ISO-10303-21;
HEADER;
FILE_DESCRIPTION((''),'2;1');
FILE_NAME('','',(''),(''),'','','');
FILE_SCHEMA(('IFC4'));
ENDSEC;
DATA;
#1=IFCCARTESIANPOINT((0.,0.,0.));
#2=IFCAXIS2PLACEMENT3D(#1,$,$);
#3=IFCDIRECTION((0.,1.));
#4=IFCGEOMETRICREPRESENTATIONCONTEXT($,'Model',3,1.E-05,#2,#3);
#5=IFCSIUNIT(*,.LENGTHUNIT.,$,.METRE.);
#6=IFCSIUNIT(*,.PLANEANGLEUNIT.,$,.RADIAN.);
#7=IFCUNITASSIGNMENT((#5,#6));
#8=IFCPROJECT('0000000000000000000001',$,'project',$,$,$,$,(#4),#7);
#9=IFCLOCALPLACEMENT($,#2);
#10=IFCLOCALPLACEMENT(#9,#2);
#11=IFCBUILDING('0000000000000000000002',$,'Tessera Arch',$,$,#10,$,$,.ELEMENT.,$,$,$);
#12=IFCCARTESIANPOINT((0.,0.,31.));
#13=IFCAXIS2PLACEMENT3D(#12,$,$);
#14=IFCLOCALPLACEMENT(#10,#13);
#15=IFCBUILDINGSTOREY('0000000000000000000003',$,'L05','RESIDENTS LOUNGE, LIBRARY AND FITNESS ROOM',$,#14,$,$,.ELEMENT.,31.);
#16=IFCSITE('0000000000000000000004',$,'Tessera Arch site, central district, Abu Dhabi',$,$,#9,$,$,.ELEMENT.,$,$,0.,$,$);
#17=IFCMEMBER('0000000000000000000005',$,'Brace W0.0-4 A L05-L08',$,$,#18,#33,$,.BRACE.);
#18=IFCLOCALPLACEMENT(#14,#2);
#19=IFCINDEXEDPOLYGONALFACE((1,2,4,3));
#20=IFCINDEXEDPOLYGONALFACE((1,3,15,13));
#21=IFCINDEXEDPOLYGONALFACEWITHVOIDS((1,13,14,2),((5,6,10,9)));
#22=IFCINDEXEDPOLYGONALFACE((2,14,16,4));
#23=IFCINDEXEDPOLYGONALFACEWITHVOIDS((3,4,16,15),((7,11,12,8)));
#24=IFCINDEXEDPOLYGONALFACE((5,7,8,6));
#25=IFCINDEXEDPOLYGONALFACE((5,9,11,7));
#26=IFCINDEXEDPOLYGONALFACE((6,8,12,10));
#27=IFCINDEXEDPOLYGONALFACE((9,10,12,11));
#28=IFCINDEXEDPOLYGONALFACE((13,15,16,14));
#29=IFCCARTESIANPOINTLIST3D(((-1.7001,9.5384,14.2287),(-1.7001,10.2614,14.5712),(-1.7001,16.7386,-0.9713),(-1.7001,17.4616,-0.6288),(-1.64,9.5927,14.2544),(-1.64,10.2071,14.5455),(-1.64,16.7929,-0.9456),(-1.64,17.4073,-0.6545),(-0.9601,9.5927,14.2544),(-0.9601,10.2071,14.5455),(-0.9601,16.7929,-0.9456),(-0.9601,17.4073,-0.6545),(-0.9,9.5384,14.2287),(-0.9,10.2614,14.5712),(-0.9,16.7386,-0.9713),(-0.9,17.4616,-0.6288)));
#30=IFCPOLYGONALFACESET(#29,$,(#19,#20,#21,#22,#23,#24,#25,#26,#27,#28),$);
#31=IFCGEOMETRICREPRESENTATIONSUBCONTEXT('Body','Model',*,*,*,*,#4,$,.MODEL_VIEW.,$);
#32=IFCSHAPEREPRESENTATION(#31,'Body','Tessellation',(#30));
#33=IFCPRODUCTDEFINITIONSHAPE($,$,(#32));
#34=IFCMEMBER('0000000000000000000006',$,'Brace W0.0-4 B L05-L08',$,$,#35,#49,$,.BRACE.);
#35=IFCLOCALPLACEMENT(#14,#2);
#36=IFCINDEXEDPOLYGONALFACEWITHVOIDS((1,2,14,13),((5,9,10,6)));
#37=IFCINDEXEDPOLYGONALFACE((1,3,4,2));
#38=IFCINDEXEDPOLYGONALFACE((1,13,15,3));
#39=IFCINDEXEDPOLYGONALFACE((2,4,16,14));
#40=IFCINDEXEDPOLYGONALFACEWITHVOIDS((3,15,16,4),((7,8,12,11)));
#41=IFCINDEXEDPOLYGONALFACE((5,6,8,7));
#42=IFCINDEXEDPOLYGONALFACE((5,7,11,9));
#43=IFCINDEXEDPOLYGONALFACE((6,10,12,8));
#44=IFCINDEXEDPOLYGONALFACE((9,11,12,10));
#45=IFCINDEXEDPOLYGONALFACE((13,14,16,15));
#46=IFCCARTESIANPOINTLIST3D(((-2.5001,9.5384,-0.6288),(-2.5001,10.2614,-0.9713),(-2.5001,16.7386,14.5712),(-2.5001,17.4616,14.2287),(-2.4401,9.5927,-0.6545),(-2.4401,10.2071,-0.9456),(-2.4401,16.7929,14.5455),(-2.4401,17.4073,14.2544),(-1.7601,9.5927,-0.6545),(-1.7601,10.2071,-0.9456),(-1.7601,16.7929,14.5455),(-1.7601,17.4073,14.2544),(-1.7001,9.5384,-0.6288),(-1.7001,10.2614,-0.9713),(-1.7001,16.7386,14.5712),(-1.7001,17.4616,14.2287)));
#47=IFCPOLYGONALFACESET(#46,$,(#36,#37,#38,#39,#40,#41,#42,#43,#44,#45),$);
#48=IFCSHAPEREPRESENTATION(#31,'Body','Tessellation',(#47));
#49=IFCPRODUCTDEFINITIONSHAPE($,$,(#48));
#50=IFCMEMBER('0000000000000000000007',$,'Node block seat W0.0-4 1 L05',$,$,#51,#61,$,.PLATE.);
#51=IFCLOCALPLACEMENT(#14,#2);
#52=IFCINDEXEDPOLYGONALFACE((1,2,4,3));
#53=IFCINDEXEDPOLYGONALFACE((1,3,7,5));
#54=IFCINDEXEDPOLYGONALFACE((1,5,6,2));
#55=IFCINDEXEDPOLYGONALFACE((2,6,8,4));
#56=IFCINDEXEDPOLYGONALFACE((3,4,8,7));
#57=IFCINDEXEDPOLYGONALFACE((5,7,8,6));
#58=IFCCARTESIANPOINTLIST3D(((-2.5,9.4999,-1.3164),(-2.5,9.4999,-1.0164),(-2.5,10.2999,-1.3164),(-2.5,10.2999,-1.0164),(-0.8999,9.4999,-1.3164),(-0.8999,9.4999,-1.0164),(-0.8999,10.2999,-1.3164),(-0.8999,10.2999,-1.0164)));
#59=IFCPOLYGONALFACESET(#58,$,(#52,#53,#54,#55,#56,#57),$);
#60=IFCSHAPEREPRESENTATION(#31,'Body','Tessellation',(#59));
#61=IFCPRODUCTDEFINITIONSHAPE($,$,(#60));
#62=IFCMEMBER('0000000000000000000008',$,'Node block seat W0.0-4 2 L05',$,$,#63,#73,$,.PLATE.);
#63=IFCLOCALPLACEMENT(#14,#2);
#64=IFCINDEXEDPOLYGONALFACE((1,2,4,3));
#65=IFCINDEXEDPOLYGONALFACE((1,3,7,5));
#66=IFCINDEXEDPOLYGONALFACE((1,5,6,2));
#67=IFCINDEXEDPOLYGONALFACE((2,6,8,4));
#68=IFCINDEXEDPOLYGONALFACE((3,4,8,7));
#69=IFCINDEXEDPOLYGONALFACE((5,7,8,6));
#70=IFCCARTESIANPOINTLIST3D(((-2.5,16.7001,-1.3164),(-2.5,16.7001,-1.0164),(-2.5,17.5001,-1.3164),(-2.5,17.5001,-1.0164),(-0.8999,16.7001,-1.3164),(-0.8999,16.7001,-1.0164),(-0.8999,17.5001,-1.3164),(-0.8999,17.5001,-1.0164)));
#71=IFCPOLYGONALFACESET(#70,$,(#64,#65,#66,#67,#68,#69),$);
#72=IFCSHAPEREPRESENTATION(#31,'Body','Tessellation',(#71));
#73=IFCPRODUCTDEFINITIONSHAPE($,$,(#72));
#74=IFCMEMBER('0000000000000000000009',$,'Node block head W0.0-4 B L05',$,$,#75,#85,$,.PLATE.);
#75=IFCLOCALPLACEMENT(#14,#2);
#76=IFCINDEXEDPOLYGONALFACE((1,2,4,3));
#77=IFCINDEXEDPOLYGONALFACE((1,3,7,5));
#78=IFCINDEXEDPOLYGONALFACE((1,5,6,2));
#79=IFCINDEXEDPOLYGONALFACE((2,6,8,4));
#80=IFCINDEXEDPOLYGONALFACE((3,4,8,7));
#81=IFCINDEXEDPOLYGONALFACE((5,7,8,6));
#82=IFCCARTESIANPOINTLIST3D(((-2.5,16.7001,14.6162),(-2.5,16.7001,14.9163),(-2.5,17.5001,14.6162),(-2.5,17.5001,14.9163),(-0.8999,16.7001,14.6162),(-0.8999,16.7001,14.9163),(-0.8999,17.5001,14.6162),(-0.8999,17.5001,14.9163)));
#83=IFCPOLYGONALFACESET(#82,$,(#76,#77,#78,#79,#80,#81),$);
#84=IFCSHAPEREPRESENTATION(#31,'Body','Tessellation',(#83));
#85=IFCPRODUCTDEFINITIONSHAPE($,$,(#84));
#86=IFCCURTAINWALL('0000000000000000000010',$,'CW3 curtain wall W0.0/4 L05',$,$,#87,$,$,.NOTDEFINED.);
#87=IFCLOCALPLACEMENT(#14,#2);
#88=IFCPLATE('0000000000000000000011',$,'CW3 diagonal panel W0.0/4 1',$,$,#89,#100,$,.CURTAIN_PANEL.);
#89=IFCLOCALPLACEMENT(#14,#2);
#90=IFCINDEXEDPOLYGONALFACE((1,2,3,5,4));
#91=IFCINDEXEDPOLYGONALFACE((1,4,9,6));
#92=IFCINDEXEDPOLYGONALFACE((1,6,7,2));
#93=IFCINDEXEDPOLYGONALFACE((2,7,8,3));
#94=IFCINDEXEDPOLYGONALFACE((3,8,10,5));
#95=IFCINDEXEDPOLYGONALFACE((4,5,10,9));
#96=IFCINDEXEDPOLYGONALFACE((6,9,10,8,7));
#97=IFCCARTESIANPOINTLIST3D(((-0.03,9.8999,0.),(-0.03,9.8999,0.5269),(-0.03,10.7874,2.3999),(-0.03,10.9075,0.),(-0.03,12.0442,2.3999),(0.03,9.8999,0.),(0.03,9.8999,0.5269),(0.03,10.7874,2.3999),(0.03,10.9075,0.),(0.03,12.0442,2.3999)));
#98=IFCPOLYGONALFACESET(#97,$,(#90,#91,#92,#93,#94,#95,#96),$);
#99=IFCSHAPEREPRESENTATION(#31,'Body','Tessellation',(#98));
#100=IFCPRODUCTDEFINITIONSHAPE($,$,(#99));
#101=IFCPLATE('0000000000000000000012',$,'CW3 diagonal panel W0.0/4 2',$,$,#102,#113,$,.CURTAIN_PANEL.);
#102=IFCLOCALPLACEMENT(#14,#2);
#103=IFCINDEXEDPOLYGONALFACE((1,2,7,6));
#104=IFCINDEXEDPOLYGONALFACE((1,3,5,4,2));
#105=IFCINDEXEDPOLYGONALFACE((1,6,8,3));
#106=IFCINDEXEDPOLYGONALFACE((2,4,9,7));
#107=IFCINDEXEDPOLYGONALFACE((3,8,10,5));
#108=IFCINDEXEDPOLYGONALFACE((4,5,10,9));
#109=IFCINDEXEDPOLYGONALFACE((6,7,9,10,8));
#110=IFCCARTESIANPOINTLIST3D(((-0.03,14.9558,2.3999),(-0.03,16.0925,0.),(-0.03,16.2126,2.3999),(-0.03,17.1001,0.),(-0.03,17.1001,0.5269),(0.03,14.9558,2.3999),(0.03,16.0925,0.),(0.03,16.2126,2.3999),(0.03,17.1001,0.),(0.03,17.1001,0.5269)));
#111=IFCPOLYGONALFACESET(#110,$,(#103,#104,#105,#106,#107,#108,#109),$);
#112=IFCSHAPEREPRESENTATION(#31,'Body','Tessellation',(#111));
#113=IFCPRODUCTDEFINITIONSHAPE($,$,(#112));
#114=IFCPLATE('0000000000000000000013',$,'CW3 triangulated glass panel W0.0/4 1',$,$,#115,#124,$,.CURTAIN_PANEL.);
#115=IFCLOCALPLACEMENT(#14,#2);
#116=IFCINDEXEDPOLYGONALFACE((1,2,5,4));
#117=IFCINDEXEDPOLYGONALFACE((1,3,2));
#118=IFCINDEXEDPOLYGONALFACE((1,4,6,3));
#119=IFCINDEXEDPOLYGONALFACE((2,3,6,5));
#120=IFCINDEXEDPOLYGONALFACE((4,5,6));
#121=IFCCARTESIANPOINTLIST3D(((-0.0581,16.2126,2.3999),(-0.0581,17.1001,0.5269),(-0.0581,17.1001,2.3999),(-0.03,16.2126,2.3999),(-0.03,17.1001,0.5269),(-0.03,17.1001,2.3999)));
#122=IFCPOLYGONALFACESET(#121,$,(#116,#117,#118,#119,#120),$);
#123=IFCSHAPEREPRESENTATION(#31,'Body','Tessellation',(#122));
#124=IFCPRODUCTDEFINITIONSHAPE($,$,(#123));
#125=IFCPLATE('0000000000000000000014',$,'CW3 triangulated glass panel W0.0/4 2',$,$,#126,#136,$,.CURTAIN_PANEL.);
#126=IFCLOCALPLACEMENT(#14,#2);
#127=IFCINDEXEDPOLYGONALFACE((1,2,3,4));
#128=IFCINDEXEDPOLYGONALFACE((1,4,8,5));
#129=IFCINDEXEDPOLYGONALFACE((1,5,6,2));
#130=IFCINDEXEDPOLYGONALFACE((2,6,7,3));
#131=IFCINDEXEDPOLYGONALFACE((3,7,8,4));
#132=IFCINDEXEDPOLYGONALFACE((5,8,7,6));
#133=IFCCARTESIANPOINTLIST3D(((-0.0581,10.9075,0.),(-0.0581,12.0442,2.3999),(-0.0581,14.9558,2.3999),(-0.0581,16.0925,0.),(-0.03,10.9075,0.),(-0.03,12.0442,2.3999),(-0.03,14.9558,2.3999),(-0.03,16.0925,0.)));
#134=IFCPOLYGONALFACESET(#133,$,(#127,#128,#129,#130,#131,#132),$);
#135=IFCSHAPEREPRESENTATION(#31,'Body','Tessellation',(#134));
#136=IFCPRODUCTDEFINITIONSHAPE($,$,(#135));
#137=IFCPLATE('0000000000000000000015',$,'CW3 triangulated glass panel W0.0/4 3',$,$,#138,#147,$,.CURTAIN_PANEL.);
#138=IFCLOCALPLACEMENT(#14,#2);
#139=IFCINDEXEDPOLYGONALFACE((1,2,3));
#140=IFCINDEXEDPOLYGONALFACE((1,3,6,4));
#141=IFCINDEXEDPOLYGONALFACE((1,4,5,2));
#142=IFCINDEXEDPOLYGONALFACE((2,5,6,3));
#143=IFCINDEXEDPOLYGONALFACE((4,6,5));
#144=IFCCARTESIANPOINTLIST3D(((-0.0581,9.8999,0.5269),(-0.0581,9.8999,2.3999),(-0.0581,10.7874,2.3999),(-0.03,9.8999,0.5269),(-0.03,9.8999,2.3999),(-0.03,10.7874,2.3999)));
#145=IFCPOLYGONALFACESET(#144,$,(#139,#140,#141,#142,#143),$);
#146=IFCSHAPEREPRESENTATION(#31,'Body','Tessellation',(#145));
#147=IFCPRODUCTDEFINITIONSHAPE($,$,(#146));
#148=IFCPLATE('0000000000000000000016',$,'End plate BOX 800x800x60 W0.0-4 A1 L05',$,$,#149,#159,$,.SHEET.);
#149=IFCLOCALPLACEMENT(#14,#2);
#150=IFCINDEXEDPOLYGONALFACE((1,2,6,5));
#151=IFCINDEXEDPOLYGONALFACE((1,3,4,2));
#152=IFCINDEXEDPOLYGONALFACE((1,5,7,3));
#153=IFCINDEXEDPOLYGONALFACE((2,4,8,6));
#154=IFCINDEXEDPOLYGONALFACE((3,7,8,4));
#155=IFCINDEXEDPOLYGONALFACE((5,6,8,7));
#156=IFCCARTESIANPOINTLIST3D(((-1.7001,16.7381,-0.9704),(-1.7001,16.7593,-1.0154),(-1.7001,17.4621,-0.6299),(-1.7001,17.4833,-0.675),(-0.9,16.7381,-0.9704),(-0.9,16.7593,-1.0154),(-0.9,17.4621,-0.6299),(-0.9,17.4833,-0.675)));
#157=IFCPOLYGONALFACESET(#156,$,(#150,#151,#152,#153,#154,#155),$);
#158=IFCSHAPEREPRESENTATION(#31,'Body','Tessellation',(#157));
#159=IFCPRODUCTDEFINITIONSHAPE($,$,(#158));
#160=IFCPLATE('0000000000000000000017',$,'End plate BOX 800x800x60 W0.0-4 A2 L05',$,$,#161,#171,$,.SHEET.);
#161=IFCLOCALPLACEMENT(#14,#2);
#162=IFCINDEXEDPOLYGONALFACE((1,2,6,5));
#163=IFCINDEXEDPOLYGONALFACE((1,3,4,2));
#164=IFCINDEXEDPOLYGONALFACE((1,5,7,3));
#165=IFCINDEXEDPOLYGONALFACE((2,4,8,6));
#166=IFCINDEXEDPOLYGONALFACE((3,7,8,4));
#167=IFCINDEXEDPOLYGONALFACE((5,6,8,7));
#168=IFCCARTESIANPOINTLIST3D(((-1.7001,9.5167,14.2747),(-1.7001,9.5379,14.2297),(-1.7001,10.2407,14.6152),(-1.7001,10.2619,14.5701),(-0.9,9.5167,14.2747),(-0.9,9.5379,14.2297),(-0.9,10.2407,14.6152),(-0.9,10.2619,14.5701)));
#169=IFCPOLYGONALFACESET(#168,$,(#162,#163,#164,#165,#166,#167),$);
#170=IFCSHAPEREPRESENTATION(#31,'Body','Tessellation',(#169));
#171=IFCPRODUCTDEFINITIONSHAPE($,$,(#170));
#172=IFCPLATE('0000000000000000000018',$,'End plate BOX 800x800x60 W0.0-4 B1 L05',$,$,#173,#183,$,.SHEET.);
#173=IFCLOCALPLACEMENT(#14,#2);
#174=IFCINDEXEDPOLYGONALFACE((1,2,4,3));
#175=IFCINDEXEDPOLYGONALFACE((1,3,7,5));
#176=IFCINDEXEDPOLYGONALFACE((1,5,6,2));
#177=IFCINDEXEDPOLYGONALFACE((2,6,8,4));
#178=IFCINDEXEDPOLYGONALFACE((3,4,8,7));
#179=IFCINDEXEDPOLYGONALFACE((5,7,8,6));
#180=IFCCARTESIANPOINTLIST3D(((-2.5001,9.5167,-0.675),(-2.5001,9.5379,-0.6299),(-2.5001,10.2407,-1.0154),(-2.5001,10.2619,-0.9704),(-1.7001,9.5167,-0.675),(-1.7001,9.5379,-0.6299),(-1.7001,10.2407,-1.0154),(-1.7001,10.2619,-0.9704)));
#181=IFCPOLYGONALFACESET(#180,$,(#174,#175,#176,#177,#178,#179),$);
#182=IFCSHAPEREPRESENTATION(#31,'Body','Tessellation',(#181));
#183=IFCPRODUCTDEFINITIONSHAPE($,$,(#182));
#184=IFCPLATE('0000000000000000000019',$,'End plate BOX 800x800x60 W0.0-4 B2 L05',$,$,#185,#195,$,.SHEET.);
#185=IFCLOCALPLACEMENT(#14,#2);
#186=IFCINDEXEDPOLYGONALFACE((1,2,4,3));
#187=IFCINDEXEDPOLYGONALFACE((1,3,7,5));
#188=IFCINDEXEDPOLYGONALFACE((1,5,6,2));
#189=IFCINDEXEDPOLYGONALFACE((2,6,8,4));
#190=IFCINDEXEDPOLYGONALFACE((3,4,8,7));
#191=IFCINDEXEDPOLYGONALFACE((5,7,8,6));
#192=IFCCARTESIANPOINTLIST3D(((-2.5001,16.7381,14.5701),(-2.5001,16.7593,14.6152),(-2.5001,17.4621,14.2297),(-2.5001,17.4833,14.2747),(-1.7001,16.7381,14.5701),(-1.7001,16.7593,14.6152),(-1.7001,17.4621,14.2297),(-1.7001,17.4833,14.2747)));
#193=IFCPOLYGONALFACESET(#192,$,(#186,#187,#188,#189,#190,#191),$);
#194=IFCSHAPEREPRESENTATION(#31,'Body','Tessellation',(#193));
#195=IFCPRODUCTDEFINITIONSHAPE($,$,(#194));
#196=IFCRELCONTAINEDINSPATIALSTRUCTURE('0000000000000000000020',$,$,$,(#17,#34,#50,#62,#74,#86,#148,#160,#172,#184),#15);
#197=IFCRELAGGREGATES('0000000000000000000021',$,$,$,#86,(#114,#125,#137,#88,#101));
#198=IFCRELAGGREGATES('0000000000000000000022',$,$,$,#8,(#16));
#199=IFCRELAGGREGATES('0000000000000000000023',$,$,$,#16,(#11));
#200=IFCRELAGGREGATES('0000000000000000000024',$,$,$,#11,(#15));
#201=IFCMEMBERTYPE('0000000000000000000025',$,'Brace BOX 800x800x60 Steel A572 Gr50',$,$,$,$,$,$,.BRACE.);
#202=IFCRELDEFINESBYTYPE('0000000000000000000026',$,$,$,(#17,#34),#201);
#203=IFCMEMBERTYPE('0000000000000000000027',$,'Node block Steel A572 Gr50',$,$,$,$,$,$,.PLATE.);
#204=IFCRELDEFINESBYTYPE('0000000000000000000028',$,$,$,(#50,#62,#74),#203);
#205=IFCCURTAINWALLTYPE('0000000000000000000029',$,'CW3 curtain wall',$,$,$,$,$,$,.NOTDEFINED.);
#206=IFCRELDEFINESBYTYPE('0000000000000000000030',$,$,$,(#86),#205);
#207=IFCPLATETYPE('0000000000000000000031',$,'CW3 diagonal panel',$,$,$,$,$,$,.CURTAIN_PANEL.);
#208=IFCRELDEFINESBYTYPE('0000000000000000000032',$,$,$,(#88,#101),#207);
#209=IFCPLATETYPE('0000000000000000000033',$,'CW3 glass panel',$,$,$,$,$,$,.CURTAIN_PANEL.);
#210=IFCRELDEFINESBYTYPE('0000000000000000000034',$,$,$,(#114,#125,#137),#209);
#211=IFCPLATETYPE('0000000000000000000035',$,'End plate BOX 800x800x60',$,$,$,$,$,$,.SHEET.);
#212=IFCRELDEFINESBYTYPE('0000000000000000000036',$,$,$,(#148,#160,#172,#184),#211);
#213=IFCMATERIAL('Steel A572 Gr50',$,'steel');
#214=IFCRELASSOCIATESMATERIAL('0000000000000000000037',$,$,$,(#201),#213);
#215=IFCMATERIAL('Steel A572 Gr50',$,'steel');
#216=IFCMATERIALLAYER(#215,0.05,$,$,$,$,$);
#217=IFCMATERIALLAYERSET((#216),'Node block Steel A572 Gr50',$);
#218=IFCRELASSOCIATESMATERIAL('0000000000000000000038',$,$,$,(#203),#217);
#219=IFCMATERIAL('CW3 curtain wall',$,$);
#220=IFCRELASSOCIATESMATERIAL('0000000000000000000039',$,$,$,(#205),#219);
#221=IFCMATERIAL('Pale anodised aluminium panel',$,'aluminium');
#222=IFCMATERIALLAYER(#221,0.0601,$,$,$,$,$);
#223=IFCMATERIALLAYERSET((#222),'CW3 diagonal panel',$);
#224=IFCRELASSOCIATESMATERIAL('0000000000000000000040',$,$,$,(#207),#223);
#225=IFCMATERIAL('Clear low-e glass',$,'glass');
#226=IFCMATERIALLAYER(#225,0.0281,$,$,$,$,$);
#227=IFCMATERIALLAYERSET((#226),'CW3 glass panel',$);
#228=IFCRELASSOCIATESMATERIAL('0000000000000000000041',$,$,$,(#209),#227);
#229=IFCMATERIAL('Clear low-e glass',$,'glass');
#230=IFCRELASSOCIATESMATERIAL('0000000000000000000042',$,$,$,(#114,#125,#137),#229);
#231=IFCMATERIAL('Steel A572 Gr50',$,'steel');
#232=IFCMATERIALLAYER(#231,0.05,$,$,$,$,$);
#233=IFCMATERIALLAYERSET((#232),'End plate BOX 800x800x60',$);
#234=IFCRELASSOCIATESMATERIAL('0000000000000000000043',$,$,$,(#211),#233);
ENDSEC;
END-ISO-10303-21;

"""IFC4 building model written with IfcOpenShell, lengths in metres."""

from ifc_helpers import new_model, si_unit, direction, frame, origin, origin_2d, place, context, subcontext, project, spatial, polyline, rectangle, hollow_rectangle, outline, extrude, material, layer, layer_set, material_profile, profile_set, type_object, element, aggregate, save


model = new_model("IFC4")

# Units and contexts
model_context = context("Model", 3, precision=1e-05, world=origin(), true_north=direction((0.0, 1.0)))
body_context = subcontext(model_context, "Body", "Model", "MODEL_VIEW")
ifc_project = project(units=[si_unit("LENGTHUNIT", "METRE"), si_unit("PLANEANGLEUNIT", "RADIAN")], contexts=[model_context])

# Site, building, storey
site_placement = place(None, origin())
site = spatial("IfcSite", under=ifc_project, at=site_placement, Name="Tessera Arch site, central district, Abu Dhabi", CompositionType="ELEMENT", RefElevation=0.0)
building_placement = place(site_placement, origin())
building = spatial("IfcBuilding", under=site, at=building_placement, Name="Tessera Arch", CompositionType="ELEMENT")
storey_placement = place(building_placement, frame((0.0, 0.0, 31.0)))
storey = spatial("IfcBuildingStorey", under=building, at=storey_placement, Name="L05", Description="RESIDENTS LOUNGE, LIBRARY AND FITNESS ROOM", CompositionType="ELEMENT", Elevation=31.0)

# Members
ifc_material_1 = material(Name="Steel A572 Gr50", Category="steel")
ifc_material_profile = material_profile(ifc_material_1, hollow_rectangle(XDim=0.8, YDim=0.8, WallThickness=0.0601, at=origin_2d()), Name="BOX 800x800x60")
ifc_profile_set = profile_set([ifc_material_profile], Name="Steel A572 Gr50")
member_type_1 = type_object("IfcMemberType", Name="Brace BOX 800x800x60 Steel A572 Gr50", PredefinedType="BRACE", material=ifc_profile_set)
for number, where, z_axis, x_axis, name in (
    (1, (-1.3, 17.1001, -0.8), (0.0, -0.428097, 0.903733), (1.0, 0.0, 0.0), "Brace W0.0-4 A L05-L08"),
    (2, (-2.1001, 9.8999, -0.8), (0.0, 0.428097, 0.903733), (-1.0, 0.0, 0.0), "Brace W0.0-4 B L05-L08"),
):
    element("IfcMember", number, at=place(storey_placement, frame(where, z_axis=z_axis, x_axis=x_axis)), inside=storey, type_object=member_type_1, Name=name, PredefinedType="BRACE", context=body_context, shape_type="SweptSolid", body=[
        extrude(hollow_rectangle(XDim=0.8, YDim=0.8, WallThickness=0.0601, at=origin_2d()), origin(), (0.0, 0.0, 1.0), 16.8191),
    ])
ifc_material_2 = material(Name="Steel A572 Gr50", Category="steel")
ifc_layer_1 = layer(ifc_material_2, 0.05)
ifc_layer_set_1 = layer_set([ifc_layer_1], Name="Node block Steel A572 Gr50")
member_type_2 = type_object("IfcMemberType", Name="Node block Steel A572 Gr50", PredefinedType="PLATE", material=ifc_layer_set_1)
for number, where, z_axis, x_axis, name in (
    (3, (-1.7, 9.8999, -1.3164), (0.0, 0.0, 1.0), (0.0, -1.0, 0.0), "Node block seat W0.0-4 1 L05"),
    (4, (-1.7, 17.1001, -1.3164), (0.0, 0.0, 1.0), (0.0, -1.0, 0.0), "Node block seat W0.0-4 2 L05"),
    (5, (-1.7, 17.1001, 14.6162), (0.0, 0.0, 1.0), (0.0, -1.0, 0.0), "Node block head W0.0-4 B L05"),
):
    element("IfcMember", number, at=place(storey_placement, frame(where, z_axis=z_axis, x_axis=x_axis)), inside=storey, type_object=member_type_2, Name=name, PredefinedType="PLATE", context=body_context, shape_type="SweptSolid", body=[
        extrude(rectangle(XDim=0.8, YDim=1.6001, at=origin_2d()), origin(), (0.0, 0.0, 1.0), 0.3),
    ])

# Curtain wall, plates
ifc_material_3 = material(Name="CW3 curtain wall")
curtain_wall_type = type_object("IfcCurtainWallType", Name="CW3 curtain wall", PredefinedType="NOTDEFINED", material=ifc_material_3)
curtain_wall_placement = place(storey_placement, origin())
curtain_wall = element("IfcCurtainWall", 6, at=curtain_wall_placement, inside=storey, type_object=curtain_wall_type, Name="CW3 curtain wall W0.0/4 L05", PredefinedType="NOTDEFINED")
ifc_material_4 = material(Name="Pale anodised aluminium panel", Category="aluminium")
ifc_layer_2 = layer(ifc_material_4, 0.0601)
ifc_layer_set_2 = layer_set([ifc_layer_2], Name="CW3 diagonal panel")
plate_type_1 = type_object("IfcPlateType", Name="CW3 diagonal panel", PredefinedType="CURTAIN_PANEL", material=ifc_layer_set_2)
plate_1_placement = place(storey_placement, frame((-0.03, 9.8999, 0.0), z_axis=(-1.0, 0.0, 0.0), x_axis=(0.0, 0.0, 1.0)))
plate_1 = element("IfcPlate", 7, at=plate_1_placement, type_object=plate_type_1, Name="CW3 diagonal panel W0.0/4 1", PredefinedType="CURTAIN_PANEL", context=body_context, shape_type="SweptSolid", body=[
    extrude(outline(polyline([(0.0, 0.0), (0.5269, 0.0), (2.3999, 0.8875), (2.3999, 2.1443), (0.0, 1.0076), (0.0, 0.0)])), origin(), (0.0, 0.0, -1.0), 0.0601),
])
plate_2_placement = place(storey_placement, frame((-0.03, 14.9558, 2.3999), z_axis=(-1.0, 0.0, 0.0), x_axis=(0.0, 1.0, 0.0)))
plate_2 = element("IfcPlate", 8, at=plate_2_placement, type_object=plate_type_1, Name="CW3 diagonal panel W0.0/4 2", PredefinedType="CURTAIN_PANEL", context=body_context, shape_type="SweptSolid", body=[
    extrude(outline(polyline([(0.0, 0.0), (1.2568, 0.0), (2.1443, 1.873), (2.1443, 2.3999), (1.1367, 2.3999), (0.0, 0.0)])), origin(), (0.0, 0.0, -1.0), 0.0601),
])
ifc_material_5 = material(Name="Clear low-e glass", Category="glass")
ifc_material_6 = material(Name="Clear low-e glass", Category="glass")
ifc_layer_3 = layer(ifc_material_6, 0.0281)
ifc_layer_set_3 = layer_set([ifc_layer_3], Name="CW3 glass panel")
plate_type_2 = type_object("IfcPlateType", Name="CW3 glass panel", PredefinedType="CURTAIN_PANEL", material=ifc_layer_set_3)
plate_3_placement = place(storey_placement, frame((-0.0581, 17.1001, 2.3999), z_axis=(-1.0, 0.0, 0.0), x_axis=(0.0, 0.0, -1.0)))
plate_3 = element("IfcPlate", 9, at=plate_3_placement, type_object=plate_type_2, material=ifc_material_5, Name="CW3 triangulated glass panel W0.0/4 1", PredefinedType="CURTAIN_PANEL", context=body_context, shape_type="SweptSolid", body=[
    extrude(outline(polyline([(0.0, 0.0), (1.873, 0.0), (0.0, 0.8875), (0.0, 0.0)])), origin(), (0.0, 0.0, -1.0), 0.0281),
])
plate_4_placement = place(storey_placement, frame((-0.0581, 12.0442, 2.3999), z_axis=(-1.0, 0.0, 0.0), x_axis=(0.0, 1.0, 0.0)))
plate_4 = element("IfcPlate", 10, at=plate_4_placement, type_object=plate_type_2, material=ifc_material_5, Name="CW3 triangulated glass panel W0.0/4 2", PredefinedType="CURTAIN_PANEL", context=body_context, shape_type="SweptSolid", body=[
    extrude(outline(polyline([(0.0, 0.0), (2.9116, 0.0), (4.0483, 2.3999), (-1.1367, 2.3999), (0.0, 0.0)])), origin(), (0.0, 0.0, -1.0), 0.0281),
])
plate_5_placement = place(storey_placement, frame((-0.0581, 9.8999, 2.3999), z_axis=(-1.0, 0.0, 0.0), x_axis=(0.0, 1.0, 0.0)))
plate_5 = element("IfcPlate", 11, at=plate_5_placement, type_object=plate_type_2, material=ifc_material_5, Name="CW3 triangulated glass panel W0.0/4 3", PredefinedType="CURTAIN_PANEL", context=body_context, shape_type="SweptSolid", body=[
    extrude(outline(polyline([(0.0, 0.0), (0.8875, 0.0), (0.0, 1.873), (0.0, 0.0)])), origin(), (0.0, 0.0, -1.0), 0.0281),
])
aggregate(curtain_wall, [plate_3, plate_4, plate_5, plate_1, plate_2])

# Plates
ifc_material_7 = material(Name="Steel A572 Gr50", Category="steel")
ifc_layer_4 = layer(ifc_material_7, 0.05)
ifc_layer_set_4 = layer_set([ifc_layer_4], Name="End plate BOX 800x800x60")
plate_type_3 = type_object("IfcPlateType", Name="End plate BOX 800x800x60", PredefinedType="SHEET", material=ifc_layer_set_4)
for number, where, z_axis, x_axis, name in (
    (12, (-1.3, 17.1213, -0.8452), (0.0, -0.425561, 0.90493), (1.0, 0.0, 0.0), "End plate BOX 800x800x60 W0.0-4 A1 L05"),
    (13, (-1.3, 9.8999, 14.3999), (0.0, -0.425561, 0.90493), (1.0, 0.0, 0.0), "End plate BOX 800x800x60 W0.0-4 A2 L05"),
    (14, (-2.1001, 9.8787, -0.8452), (0.0, 0.425561, 0.90493), (-1.0, 0.0, 0.0), "End plate BOX 800x800x60 W0.0-4 B1 L05"),
    (15, (-2.1001, 17.1001, 14.3999), (0.0, 0.425561, 0.90493), (-1.0, 0.0, 0.0), "End plate BOX 800x800x60 W0.0-4 B2 L05"),
):
    element("IfcPlate", number, at=place(storey_placement, frame(where, z_axis=z_axis, x_axis=x_axis)), inside=storey, type_object=plate_type_3, Name=name, PredefinedType="SHEET", context=body_context, shape_type="SweptSolid", body=[
        extrude(rectangle(XDim=0.8, YDim=0.8, at=origin_2d()), origin(), (0.0, 0.0, 1.0), 0.0498),
    ])

save(model, "model.ifc")
